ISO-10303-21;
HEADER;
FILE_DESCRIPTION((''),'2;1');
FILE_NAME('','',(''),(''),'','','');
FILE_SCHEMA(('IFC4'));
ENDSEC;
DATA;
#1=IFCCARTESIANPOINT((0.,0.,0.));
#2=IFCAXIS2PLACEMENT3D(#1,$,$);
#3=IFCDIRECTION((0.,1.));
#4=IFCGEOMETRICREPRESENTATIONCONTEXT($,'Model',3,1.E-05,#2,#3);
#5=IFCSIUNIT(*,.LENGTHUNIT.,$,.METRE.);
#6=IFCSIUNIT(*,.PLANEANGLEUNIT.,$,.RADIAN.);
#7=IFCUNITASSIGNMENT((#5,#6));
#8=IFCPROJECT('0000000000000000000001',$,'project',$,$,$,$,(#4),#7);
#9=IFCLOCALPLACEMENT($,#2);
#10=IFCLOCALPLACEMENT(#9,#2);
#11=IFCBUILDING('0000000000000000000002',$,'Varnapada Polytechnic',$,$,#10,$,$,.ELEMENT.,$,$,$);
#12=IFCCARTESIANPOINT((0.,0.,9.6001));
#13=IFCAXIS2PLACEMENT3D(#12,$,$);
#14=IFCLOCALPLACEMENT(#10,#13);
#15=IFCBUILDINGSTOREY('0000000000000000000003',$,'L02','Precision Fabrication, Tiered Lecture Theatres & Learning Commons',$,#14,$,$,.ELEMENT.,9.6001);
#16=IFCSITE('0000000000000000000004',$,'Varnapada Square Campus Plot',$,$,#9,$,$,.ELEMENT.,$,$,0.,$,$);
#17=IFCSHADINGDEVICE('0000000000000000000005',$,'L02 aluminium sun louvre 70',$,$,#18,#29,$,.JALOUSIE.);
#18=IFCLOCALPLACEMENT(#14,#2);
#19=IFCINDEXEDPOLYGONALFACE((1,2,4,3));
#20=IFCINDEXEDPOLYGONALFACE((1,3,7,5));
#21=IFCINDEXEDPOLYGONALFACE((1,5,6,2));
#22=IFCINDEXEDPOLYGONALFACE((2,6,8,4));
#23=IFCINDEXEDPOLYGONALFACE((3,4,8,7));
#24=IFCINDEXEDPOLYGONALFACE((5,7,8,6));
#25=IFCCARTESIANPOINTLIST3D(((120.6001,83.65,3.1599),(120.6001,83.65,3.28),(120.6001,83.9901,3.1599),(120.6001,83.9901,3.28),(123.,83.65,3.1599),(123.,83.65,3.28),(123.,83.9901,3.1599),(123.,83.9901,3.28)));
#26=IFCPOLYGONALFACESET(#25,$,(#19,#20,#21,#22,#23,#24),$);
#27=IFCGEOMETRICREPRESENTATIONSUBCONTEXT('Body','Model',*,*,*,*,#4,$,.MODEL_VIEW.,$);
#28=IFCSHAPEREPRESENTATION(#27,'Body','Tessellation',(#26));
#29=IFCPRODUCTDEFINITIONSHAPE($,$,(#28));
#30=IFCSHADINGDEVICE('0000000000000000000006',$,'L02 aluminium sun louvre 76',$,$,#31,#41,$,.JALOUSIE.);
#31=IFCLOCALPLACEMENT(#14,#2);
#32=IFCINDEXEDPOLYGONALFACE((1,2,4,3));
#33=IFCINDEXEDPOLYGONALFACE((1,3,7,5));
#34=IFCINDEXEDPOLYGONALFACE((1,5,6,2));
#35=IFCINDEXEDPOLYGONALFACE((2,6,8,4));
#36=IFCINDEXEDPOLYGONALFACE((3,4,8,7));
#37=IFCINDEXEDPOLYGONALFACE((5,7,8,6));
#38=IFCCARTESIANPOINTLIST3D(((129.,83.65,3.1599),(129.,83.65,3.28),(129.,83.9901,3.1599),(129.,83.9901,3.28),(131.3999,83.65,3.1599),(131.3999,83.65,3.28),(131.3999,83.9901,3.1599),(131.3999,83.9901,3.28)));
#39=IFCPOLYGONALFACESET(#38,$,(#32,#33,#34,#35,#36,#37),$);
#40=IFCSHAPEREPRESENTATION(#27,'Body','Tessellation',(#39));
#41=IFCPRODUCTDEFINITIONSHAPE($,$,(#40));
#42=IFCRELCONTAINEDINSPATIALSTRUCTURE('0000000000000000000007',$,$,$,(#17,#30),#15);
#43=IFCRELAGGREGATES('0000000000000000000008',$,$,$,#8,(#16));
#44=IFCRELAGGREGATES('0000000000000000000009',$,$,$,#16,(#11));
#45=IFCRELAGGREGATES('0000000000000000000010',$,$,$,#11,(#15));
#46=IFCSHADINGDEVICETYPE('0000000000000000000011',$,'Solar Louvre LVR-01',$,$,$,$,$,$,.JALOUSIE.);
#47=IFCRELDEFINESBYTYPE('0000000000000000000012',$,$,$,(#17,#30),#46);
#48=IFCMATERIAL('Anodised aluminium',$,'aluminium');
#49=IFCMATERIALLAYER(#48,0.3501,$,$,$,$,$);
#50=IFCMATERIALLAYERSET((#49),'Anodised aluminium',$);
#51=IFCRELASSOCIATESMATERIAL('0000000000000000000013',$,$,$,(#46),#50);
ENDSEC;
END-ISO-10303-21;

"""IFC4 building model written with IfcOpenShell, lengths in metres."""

from ifc_helpers import new_model, si_unit, direction, frame, origin, origin_2d, place, context, subcontext, project, spatial, rectangle, extrude, material, layer, layer_set, type_object, element, save


model = new_model("IFC4")

# Units and contexts
model_context = context("Model", 3, precision=1e-05, world=origin(), true_north=direction((0.0, 1.0)))
body_context = subcontext(model_context, "Body", "Model", "MODEL_VIEW")
ifc_project = project(units=[si_unit("LENGTHUNIT", "METRE"), si_unit("PLANEANGLEUNIT", "RADIAN")], contexts=[model_context])

# Site, building, storey
site_placement = place(None, origin())
site = spatial("IfcSite", under=ifc_project, at=site_placement, Name="Varnapada Square Campus Plot", CompositionType="ELEMENT", RefElevation=0.0)
building_placement = place(site_placement, origin())
building = spatial("IfcBuilding", under=site, at=building_placement, Name="Varnapada Polytechnic", CompositionType="ELEMENT")
storey_placement = place(building_placement, frame((0.0, 0.0, 9.6001)))
storey = spatial("IfcBuildingStorey", under=building, at=storey_placement, Name="L02", Description="Precision Fabrication, Tiered Lecture Theatres & Learning Commons", CompositionType="ELEMENT", Elevation=9.6001)

# Shading devices
ifc_material_1 = material(Name="Anodised aluminium", Category="aluminium")
ifc_layer_1 = layer(ifc_material_1, 0.3501)
ifc_layer_set_1 = layer_set([ifc_layer_1], Name="Anodised aluminium")
shading_device_type_1 = type_object("IfcShadingDeviceType", Name="Solar Louvre LVR-01", PredefinedType="JALOUSIE", material=ifc_layer_set_1)
for number, where, z_axis, x_axis, name in (
    (1, (121.8, 83.8201, 3.1599), (0.0, 0.0, 1.0), (-1.0, 0.0, 0.0), "L02 aluminium sun louvre 70"),
    (2, (130.2, 83.8201, 3.1599), (0.0, 0.0, 1.0), (-1.0, 0.0, 0.0), "L02 aluminium sun louvre 76"),
):
    element("IfcShadingDevice", number, at=place(storey_placement, frame(where, z_axis=z_axis, x_axis=x_axis)), inside=storey, type_object=shading_device_type_1, Name=name, PredefinedType="JALOUSIE", context=body_context, shape_type="SweptSolid", body=[
        extrude(rectangle(XDim=2.3999, YDim=0.3401, at=origin_2d()), origin(), (0.0, 0.0, 1.0), 0.1201),
    ])

save(model, "model.ifc")
